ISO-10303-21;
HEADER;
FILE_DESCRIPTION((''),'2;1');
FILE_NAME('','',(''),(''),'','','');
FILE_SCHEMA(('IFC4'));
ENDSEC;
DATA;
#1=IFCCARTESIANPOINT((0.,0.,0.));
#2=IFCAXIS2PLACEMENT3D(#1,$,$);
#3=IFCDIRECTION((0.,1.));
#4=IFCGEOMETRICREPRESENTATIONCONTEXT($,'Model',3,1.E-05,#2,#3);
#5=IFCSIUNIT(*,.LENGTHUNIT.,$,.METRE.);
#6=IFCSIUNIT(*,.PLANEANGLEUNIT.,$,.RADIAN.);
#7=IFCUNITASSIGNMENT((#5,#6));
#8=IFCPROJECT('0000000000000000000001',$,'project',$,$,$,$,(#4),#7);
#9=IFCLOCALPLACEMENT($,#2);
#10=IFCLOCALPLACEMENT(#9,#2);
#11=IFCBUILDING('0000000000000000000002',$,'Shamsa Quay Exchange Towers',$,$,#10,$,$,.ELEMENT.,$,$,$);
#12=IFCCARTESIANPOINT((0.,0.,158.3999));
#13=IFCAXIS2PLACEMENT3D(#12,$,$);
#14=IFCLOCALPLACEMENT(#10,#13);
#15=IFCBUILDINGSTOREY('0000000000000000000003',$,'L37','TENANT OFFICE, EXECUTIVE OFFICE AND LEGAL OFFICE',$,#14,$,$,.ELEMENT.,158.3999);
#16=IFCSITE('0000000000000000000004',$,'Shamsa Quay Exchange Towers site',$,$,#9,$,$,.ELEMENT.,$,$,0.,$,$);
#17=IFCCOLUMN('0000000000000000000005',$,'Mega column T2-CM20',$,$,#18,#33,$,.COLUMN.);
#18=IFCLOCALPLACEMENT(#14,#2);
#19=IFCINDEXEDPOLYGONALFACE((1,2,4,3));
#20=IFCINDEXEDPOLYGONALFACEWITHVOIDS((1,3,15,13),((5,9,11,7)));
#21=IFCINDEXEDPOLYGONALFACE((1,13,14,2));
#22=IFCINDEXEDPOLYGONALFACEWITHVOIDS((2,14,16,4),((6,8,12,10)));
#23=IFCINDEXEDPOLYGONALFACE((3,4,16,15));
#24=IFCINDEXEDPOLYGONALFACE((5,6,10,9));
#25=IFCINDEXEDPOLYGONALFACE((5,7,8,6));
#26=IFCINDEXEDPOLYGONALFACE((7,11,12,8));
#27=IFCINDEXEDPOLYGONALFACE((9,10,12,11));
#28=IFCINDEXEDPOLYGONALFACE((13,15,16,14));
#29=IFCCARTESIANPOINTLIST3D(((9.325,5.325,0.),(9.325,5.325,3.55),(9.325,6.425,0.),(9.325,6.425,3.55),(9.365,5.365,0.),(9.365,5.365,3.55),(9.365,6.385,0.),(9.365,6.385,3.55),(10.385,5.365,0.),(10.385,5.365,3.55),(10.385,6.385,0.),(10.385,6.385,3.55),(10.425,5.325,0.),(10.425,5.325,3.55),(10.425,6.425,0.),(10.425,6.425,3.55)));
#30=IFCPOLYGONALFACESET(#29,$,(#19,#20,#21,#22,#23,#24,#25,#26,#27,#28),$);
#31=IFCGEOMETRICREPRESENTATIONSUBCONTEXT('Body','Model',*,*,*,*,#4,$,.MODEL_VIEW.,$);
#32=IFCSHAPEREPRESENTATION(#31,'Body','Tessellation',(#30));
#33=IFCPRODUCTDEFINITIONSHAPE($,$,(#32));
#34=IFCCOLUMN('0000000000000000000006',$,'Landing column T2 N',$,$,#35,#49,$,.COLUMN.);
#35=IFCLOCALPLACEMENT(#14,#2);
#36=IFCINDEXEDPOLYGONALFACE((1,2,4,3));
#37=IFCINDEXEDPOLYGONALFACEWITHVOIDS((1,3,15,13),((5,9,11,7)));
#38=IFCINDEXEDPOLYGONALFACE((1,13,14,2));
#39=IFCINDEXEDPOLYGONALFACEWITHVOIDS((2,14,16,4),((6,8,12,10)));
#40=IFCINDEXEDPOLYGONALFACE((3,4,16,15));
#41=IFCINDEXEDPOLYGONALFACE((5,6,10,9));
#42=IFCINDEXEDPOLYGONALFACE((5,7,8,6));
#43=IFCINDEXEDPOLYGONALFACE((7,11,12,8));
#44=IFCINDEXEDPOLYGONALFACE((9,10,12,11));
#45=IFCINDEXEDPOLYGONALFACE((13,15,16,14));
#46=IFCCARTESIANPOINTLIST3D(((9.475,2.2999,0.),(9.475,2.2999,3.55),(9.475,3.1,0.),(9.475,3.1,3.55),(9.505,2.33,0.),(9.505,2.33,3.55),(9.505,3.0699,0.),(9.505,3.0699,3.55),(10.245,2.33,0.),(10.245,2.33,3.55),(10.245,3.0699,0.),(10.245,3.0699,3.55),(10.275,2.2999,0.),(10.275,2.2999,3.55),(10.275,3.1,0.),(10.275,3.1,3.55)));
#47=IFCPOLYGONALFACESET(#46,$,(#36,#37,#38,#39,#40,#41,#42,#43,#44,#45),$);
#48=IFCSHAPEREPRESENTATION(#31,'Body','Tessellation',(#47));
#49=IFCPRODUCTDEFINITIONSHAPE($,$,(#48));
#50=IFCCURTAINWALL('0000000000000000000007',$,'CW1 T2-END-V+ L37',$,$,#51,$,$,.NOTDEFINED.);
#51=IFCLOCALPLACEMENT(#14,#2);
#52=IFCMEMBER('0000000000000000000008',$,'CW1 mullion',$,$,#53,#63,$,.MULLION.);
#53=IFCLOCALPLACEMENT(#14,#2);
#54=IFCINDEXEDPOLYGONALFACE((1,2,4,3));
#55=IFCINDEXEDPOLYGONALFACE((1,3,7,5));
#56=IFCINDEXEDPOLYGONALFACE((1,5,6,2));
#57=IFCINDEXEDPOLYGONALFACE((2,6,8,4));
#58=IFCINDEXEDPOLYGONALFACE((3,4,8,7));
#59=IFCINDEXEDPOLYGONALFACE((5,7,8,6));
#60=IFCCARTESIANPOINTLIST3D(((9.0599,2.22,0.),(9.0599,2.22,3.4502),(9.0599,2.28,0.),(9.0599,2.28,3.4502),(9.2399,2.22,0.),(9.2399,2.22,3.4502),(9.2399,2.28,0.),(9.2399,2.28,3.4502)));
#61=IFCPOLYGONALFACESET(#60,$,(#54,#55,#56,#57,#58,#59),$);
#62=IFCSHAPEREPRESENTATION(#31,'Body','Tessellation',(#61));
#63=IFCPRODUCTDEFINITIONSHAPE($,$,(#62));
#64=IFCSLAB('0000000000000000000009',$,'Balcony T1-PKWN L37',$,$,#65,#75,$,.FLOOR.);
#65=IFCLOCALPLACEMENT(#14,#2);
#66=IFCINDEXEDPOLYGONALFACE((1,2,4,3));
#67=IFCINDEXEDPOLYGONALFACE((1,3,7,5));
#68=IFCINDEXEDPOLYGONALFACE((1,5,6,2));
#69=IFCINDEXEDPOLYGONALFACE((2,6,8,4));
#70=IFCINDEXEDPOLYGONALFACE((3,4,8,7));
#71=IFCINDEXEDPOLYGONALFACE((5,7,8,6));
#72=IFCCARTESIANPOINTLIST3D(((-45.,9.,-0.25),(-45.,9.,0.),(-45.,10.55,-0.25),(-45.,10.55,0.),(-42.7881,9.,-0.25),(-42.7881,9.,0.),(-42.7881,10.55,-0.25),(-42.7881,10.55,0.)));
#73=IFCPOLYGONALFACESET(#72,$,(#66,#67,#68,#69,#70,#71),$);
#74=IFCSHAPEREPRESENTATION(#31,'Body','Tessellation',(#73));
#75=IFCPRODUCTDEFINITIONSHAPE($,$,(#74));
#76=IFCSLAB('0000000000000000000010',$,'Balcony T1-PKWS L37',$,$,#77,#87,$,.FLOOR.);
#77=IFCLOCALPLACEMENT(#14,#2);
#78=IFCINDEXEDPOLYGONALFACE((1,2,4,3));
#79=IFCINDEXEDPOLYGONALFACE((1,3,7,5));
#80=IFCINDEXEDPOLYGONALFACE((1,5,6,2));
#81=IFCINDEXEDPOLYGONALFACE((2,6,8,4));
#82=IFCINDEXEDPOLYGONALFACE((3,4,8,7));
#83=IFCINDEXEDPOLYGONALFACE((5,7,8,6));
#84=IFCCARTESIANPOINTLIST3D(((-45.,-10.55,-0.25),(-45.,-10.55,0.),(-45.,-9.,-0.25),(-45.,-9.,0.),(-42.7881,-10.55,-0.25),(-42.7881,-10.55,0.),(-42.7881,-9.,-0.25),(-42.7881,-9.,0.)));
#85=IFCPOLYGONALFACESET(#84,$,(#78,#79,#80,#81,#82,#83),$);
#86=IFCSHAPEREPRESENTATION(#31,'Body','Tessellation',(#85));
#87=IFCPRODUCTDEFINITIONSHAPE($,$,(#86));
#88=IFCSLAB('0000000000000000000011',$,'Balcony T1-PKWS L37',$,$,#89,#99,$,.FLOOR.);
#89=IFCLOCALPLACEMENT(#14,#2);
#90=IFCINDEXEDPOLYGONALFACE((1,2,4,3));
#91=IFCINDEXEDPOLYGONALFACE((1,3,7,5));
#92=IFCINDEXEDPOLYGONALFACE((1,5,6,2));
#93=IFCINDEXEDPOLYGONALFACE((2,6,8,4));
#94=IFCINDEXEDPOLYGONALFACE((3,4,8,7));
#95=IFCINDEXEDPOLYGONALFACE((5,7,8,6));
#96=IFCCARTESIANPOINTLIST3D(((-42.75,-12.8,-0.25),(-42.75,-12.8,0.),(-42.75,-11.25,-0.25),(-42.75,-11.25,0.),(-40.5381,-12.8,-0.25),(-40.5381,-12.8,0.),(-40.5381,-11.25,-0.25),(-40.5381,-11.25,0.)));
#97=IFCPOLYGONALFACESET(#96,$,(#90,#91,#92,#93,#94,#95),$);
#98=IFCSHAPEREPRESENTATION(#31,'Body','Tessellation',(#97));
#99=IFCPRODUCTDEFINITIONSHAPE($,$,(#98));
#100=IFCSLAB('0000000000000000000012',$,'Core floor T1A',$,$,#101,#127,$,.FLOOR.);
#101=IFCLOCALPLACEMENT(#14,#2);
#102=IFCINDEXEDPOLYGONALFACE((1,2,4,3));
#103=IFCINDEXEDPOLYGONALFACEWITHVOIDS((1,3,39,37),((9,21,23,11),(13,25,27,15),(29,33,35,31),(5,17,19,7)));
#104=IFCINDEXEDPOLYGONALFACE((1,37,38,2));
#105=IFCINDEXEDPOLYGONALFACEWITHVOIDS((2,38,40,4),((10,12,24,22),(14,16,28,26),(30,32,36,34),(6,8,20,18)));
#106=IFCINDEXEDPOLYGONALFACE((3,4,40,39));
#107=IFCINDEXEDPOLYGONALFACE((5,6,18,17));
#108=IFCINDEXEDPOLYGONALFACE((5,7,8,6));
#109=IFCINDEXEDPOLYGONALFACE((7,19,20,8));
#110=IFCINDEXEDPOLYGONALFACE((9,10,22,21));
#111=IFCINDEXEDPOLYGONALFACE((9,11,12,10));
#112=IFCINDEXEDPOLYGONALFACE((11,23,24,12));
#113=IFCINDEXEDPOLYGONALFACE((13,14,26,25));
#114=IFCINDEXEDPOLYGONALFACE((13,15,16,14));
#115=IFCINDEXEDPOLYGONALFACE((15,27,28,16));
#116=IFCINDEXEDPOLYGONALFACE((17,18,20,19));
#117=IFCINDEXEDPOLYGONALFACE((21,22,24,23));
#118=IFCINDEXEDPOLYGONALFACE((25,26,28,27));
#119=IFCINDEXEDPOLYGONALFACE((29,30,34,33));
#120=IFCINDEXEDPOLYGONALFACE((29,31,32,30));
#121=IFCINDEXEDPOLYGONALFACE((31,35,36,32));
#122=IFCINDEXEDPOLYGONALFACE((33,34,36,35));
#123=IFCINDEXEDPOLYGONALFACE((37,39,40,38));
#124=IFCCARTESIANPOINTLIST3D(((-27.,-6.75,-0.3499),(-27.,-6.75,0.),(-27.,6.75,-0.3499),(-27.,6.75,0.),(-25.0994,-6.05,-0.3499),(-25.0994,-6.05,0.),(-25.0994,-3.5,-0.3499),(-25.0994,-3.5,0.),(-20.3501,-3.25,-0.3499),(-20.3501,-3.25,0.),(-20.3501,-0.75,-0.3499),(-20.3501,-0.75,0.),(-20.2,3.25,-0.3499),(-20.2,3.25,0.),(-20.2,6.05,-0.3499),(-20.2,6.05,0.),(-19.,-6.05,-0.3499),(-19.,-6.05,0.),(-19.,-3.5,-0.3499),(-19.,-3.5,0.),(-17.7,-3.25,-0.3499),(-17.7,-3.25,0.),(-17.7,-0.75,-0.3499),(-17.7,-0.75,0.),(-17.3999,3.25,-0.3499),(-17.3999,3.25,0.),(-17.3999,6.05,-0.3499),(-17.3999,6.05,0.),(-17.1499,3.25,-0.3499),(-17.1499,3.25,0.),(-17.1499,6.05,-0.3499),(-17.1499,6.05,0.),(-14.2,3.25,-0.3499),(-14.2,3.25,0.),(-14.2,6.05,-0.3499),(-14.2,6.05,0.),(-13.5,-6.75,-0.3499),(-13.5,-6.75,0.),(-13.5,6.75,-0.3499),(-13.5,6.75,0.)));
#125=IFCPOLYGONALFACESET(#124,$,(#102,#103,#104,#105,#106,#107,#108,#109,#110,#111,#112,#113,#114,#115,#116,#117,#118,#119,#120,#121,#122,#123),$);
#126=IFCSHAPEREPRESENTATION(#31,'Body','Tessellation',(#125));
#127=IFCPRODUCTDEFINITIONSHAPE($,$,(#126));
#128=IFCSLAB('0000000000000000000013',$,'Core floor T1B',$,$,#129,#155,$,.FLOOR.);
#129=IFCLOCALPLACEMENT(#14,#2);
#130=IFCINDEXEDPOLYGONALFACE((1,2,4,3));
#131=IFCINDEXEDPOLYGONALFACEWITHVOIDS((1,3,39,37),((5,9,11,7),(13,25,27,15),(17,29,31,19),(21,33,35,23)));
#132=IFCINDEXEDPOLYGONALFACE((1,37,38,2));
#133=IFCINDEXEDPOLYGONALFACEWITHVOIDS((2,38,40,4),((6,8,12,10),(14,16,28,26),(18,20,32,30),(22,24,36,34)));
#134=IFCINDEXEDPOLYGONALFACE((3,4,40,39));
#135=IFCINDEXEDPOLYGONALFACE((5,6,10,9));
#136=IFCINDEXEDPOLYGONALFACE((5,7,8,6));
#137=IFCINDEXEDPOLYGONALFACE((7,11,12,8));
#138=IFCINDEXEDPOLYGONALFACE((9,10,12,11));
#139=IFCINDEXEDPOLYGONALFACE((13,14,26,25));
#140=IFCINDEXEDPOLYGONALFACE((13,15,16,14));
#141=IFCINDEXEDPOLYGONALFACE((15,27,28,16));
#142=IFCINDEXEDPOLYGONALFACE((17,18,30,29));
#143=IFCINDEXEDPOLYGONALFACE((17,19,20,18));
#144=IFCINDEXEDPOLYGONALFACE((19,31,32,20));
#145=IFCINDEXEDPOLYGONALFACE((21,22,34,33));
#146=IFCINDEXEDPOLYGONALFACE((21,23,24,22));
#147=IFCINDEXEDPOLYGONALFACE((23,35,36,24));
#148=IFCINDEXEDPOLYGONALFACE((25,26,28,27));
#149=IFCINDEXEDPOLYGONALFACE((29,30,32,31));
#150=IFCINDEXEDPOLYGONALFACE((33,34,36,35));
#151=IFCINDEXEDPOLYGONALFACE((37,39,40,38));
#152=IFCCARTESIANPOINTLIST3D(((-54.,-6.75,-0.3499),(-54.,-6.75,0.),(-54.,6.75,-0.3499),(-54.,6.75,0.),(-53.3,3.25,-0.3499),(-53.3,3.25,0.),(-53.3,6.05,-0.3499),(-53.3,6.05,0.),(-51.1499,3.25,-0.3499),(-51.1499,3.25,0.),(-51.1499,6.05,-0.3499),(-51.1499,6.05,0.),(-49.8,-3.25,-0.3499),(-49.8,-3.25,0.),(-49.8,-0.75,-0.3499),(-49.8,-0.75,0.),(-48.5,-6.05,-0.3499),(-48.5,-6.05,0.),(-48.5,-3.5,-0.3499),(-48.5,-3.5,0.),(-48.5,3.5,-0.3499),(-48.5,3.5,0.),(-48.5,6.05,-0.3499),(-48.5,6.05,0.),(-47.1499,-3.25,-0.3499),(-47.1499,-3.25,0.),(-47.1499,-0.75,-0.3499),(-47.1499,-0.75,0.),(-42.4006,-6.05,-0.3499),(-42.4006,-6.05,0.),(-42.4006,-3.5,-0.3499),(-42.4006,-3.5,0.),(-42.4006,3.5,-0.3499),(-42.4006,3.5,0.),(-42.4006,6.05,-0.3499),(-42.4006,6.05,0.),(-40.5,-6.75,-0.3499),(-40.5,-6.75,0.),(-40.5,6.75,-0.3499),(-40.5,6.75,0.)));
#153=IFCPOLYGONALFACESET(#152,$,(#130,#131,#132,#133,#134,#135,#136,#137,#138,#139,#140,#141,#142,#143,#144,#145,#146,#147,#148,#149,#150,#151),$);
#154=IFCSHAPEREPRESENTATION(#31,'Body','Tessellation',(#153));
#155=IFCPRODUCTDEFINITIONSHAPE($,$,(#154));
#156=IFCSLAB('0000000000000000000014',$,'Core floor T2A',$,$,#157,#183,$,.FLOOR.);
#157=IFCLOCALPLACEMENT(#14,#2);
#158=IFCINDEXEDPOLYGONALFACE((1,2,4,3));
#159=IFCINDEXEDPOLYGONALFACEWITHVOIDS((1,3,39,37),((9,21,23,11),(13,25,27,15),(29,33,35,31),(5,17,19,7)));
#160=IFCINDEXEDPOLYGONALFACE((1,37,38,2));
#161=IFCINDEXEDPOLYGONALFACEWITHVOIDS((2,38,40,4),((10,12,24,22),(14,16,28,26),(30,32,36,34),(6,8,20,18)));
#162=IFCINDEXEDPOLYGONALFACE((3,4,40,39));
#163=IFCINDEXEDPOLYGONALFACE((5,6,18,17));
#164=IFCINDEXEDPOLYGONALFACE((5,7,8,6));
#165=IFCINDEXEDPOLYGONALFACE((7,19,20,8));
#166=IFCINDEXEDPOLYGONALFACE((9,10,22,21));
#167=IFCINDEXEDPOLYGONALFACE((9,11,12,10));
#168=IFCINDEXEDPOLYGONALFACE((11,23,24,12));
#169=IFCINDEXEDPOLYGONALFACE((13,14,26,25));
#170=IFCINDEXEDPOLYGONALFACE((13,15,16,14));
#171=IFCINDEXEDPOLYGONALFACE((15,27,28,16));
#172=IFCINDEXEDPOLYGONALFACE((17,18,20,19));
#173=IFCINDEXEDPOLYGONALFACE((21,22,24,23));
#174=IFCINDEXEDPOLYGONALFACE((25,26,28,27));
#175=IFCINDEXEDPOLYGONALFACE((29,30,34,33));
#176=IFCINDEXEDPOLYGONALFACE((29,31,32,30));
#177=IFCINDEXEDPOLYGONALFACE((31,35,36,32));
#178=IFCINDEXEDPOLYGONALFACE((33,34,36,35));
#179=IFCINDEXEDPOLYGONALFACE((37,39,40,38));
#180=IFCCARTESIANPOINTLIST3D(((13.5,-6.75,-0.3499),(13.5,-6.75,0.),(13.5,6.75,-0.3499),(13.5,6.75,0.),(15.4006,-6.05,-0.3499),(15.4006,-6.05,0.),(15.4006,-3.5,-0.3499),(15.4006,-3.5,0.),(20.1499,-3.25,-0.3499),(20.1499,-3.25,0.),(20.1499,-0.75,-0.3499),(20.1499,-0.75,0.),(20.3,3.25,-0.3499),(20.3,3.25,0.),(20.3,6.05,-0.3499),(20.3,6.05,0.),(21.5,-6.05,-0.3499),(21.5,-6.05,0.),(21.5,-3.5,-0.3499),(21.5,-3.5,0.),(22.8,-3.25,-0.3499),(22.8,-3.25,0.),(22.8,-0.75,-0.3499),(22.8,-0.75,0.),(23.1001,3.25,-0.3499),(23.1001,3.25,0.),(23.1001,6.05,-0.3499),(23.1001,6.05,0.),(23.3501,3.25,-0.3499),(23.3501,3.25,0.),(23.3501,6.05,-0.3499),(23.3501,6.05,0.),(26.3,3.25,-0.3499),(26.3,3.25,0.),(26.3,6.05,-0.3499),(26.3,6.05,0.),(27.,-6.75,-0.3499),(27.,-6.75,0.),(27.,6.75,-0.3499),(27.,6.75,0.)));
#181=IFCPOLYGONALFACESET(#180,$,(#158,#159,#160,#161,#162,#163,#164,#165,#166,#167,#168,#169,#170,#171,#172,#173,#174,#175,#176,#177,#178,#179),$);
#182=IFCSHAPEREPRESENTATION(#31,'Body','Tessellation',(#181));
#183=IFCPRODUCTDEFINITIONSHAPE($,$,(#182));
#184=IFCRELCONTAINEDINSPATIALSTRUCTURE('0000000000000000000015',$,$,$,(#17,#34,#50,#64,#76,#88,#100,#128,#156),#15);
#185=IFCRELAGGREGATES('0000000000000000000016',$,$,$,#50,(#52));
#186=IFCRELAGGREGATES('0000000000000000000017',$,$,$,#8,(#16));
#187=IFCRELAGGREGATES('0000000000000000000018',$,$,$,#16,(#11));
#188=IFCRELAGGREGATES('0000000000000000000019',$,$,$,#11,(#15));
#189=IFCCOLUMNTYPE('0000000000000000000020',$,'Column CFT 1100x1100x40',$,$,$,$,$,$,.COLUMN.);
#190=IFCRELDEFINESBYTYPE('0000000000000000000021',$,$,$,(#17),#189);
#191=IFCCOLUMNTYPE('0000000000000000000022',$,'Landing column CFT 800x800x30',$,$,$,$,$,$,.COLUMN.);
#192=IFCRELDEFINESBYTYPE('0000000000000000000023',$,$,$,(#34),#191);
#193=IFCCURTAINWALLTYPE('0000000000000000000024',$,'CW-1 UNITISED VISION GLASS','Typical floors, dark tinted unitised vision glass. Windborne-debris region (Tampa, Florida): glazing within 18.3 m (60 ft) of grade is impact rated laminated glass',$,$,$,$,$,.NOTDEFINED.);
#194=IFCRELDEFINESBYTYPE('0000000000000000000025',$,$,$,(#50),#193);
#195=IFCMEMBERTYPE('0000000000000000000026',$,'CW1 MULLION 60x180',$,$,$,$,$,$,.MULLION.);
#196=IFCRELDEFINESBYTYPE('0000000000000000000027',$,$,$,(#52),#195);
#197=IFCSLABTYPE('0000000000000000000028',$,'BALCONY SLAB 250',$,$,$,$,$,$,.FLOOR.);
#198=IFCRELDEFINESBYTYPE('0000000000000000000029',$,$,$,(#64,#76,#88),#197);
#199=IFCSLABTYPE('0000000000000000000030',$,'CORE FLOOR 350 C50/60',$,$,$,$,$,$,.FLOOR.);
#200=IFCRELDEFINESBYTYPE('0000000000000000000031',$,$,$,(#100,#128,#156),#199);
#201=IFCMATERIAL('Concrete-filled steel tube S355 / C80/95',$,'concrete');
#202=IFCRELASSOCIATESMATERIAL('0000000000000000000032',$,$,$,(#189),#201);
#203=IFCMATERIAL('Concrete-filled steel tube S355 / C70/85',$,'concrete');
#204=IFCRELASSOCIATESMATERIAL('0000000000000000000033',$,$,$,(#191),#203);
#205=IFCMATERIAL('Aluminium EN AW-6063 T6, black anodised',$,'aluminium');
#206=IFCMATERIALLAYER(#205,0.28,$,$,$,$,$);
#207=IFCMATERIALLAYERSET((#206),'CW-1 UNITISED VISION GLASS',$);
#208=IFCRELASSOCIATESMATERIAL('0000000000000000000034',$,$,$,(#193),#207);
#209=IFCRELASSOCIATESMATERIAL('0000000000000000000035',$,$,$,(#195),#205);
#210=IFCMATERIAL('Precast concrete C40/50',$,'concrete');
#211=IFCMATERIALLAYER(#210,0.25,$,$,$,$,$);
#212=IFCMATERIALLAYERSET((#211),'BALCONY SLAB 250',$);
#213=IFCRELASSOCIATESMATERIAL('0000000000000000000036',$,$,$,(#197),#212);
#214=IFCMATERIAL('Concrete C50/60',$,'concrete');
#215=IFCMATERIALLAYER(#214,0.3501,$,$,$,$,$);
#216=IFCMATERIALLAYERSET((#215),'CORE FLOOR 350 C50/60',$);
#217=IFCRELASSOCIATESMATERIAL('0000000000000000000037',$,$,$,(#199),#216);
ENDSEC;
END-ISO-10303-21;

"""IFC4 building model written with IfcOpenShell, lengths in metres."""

from ifc_helpers import new_model, si_unit, direction, frame, origin, origin_2d, place, context, subcontext, project, spatial, polyline, rectangle, hollow_rectangle, outline, extrude, material, layer, layer_set, material_profile, profile_set, type_object, element, aggregate, save


model = new_model("IFC4")

# Units and contexts
model_context = context("Model", 3, precision=1e-05, world=origin(), true_north=direction((0.0, 1.0)))
body_context = subcontext(model_context, "Body", "Model", "MODEL_VIEW")
ifc_project = project(units=[si_unit("LENGTHUNIT", "METRE"), si_unit("PLANEANGLEUNIT", "RADIAN")], contexts=[model_context])

# Site, building, storey
site_placement = place(None, origin())
site = spatial("IfcSite", under=ifc_project, at=site_placement, Name="Shamsa Quay Exchange Towers site", CompositionType="ELEMENT", RefElevation=0.0)
building_placement = place(site_placement, origin())
building = spatial("IfcBuilding", under=site, at=building_placement, Name="Shamsa Quay Exchange Towers", CompositionType="ELEMENT")
storey_placement = place(building_placement, frame((0.0, 0.0, 158.3999)))
storey = spatial("IfcBuildingStorey", under=building, at=storey_placement, Name="L37", Description="TENANT OFFICE, EXECUTIVE OFFICE AND LEGAL OFFICE", CompositionType="ELEMENT", Elevation=158.3999)

# Columns
ifc_material_1 = material(Name="Concrete-filled steel tube S355 / C80/95", Category="concrete")
ifc_material_profile_1 = material_profile(ifc_material_1, hollow_rectangle(XDim=1.1001, YDim=1.1001, WallThickness=0.04, at=origin_2d()), Name="CFT 1100x1100x40")
ifc_profile_set_1 = profile_set([ifc_material_profile_1], Name="Concrete-filled steel tube S355 / C80/95")
column_type_1 = type_object("IfcColumnType", Name="Column CFT 1100x1100x40", PredefinedType="COLUMN", material=ifc_profile_set_1)
column_1_placement = place(storey_placement, frame((9.875, 5.875, 0.0)))
element("IfcColumn", 1, at=column_1_placement, inside=storey, type_object=column_type_1, Name="Mega column T2-CM20", PredefinedType="COLUMN", context=body_context, shape_type="SweptSolid", body=[
    extrude(hollow_rectangle(XDim=1.1001, YDim=1.1001, WallThickness=0.04, at=origin_2d()), origin(), (0.0, 0.0, 1.0), 3.55),
])
ifc_material_2 = material(Name="Concrete-filled steel tube S355 / C70/85", Category="concrete")
ifc_material_profile_2 = material_profile(ifc_material_2, hollow_rectangle(XDim=0.8, YDim=0.8, WallThickness=0.03, at=origin_2d()), Name="CFT 800x800x30")
ifc_profile_set_2 = profile_set([ifc_material_profile_2], Name="Concrete-filled steel tube S355 / C70/85")
column_type_2 = type_object("IfcColumnType", Name="Landing column CFT 800x800x30", PredefinedType="COLUMN", material=ifc_profile_set_2)
column_2_placement = place(storey_placement, frame((9.875, 2.7, 0.0)))
element("IfcColumn", 2, at=column_2_placement, inside=storey, type_object=column_type_2, Name="Landing column T2 N", PredefinedType="COLUMN", context=body_context, shape_type="SweptSolid", body=[
    extrude(hollow_rectangle(XDim=0.8, YDim=0.8, WallThickness=0.03, at=origin_2d()), origin(), (0.0, 0.0, 1.0), 3.55),
])

# Curtain wall, member
ifc_material_3 = material(Name="Aluminium EN AW-6063 T6, black anodised", Category="aluminium")
ifc_layer_1 = layer(ifc_material_3, 0.28)
ifc_layer_set_1 = layer_set([ifc_layer_1], Name="CW-1 UNITISED VISION GLASS")
curtain_wall_type = type_object("IfcCurtainWallType", Name="CW-1 UNITISED VISION GLASS", Description="Typical floors, dark tinted unitised vision glass. Windborne-debris region (Tampa, Florida): glazing within 18.3 m (60 ft) of grade is impact rated laminated glass", PredefinedType="NOTDEFINED", material=ifc_layer_set_1)
curtain_wall_1_placement = place(storey_placement, origin())
curtain_wall_1 = element("IfcCurtainWall", 3, at=curtain_wall_1_placement, inside=storey, type_object=curtain_wall_type, Name="CW1 T2-END-V+ L37", PredefinedType="NOTDEFINED")
ifc_material_profile_3 = material_profile(ifc_material_3, rectangle(XDim=0.1799, YDim=0.0601, at=origin_2d()), Name="MU60x180")
ifc_profile_set_3 = profile_set([ifc_material_profile_3], Name="Aluminium EN AW-6063 T6, black anodised")
member_type = type_object("IfcMemberType", Name="CW1 MULLION 60x180", PredefinedType="MULLION", material=ifc_profile_set_3)
member_placement = place(storey_placement, frame((9.1499, 2.25, 0.0)))
member = element("IfcMember", 4, at=member_placement, type_object=member_type, Name="CW1 mullion", PredefinedType="MULLION", context=body_context, shape_type="SweptSolid", body=[
    extrude(rectangle(XDim=0.1799, YDim=0.0601, at=origin_2d()), origin(), (0.0, 0.0, 1.0), 3.4502),
])

# Slabs
ifc_material_4 = material(Name="Precast concrete C40/50", Category="concrete")
ifc_layer_2 = layer(ifc_material_4, 0.25)
ifc_layer_set_2 = layer_set([ifc_layer_2], Name="BALCONY SLAB 250")
slab_type_1 = type_object("IfcSlabType", Name="BALCONY SLAB 250", PredefinedType="FLOOR", material=ifc_layer_set_2)
slab_1_placement = place(storey_placement, frame((0.0, 0.0, -0.25)))
element("IfcSlab", 5, at=slab_1_placement, inside=storey, type_object=slab_type_1, Name="Balcony T1-PKWN L37", PredefinedType="FLOOR", context=body_context, shape_type="SweptSolid", body=[
    extrude(outline(polyline([(-42.7881, 9.0), (-45.0, 9.0), (-45.0, 10.55), (-42.7881, 10.55), (-42.7881, 9.0)])), origin(), (0.0, 0.0, 1.0), 0.25),
])
slab_2_placement = place(storey_placement, frame((0.0, 0.0, -0.25)))
element("IfcSlab", 6, at=slab_2_placement, inside=storey, type_object=slab_type_1, Name="Balcony T1-PKWS L37", PredefinedType="FLOOR", context=body_context, shape_type="SweptSolid", body=[
    extrude(outline(polyline([(-45.0, -9.0), (-42.7881, -9.0), (-42.7881, -10.55), (-45.0, -10.55), (-45.0, -9.0)])), origin(), (0.0, 0.0, 1.0), 0.25),
])
slab_3_placement = place(storey_placement, frame((0.0, 0.0, -0.25)))
element("IfcSlab", 7, at=slab_3_placement, inside=storey, type_object=slab_type_1, Name="Balcony T1-PKWS L37", PredefinedType="FLOOR", context=body_context, shape_type="SweptSolid", body=[
    extrude(outline(polyline([(-42.75, -11.25), (-40.5381, -11.25), (-40.5381, -12.8), (-42.75, -12.8), (-42.75, -11.25)])), origin(), (0.0, 0.0, 1.0), 0.25),
])
ifc_material_5 = material(Name="Concrete C50/60", Category="concrete")
ifc_layer_3 = layer(ifc_material_5, 0.3501)
ifc_layer_set_3 = layer_set([ifc_layer_3], Name="CORE FLOOR 350 C50/60")
slab_type_2 = type_object("IfcSlabType", Name="CORE FLOOR 350 C50/60", PredefinedType="FLOOR", material=ifc_layer_set_3)
slab_4_placement = place(storey_placement, frame((0.0, 0.0, -0.3499)))
element("IfcSlab", 8, at=slab_4_placement, inside=storey, type_object=slab_type_2, Name="Core floor T1A", PredefinedType="FLOOR", context=body_context, shape_type="SweptSolid", body=[
    extrude(outline(polyline([(-27.0, -6.75), (-13.5, -6.75), (-13.5, 6.75), (-27.0, 6.75), (-27.0, -6.75)]), holes=[polyline([(-25.0994, -6.05), (-25.0994, -3.5), (-19.0, -3.5), (-19.0, -6.05), (-25.0994, -6.05)]), polyline([(-20.2, 3.25), (-20.2, 6.05), (-17.3999, 6.05), (-17.3999, 3.25), (-20.2, 3.25)]), polyline([(-17.1499, 3.25), (-17.1499, 6.05), (-14.2, 6.05), (-14.2, 3.25), (-17.1499, 3.25)]), polyline([(-20.3501, -3.25), (-20.3501, -0.75), (-17.7, -0.75), (-17.7, -3.25), (-20.3501, -3.25)])]), origin(), (0.0, 0.0, 1.0), 0.3499),
])
slab_5_placement = place(storey_placement, frame((0.0, 0.0, -0.3499)))
element("IfcSlab", 9, at=slab_5_placement, inside=storey, type_object=slab_type_2, Name="Core floor T1B", PredefinedType="FLOOR", context=body_context, shape_type="SweptSolid", body=[
    extrude(outline(polyline([(-40.5, -6.75), (-40.5, 6.75), (-54.0, 6.75), (-54.0, -6.75), (-40.5, -6.75)]), holes=[polyline([(-42.4006, -3.5), (-42.4006, -6.05), (-48.5, -6.05), (-48.5, -3.5), (-42.4006, -3.5)]), polyline([(-42.4006, 6.05), (-42.4006, 3.5), (-48.5, 3.5), (-48.5, 6.05), (-42.4006, 6.05)]), polyline([(-51.1499, 3.25), (-53.3, 3.25), (-53.3, 6.05), (-51.1499, 6.05), (-51.1499, 3.25)]), polyline([(-47.1499, -3.25), (-49.8, -3.25), (-49.8, -0.75), (-47.1499, -0.75), (-47.1499, -3.25)])]), origin(), (0.0, 0.0, 1.0), 0.3499),
])
slab_6_placement = place(storey_placement, frame((0.0, 0.0, -0.3499)))
element("IfcSlab", 10, at=slab_6_placement, inside=storey, type_object=slab_type_2, Name="Core floor T2A", PredefinedType="FLOOR", context=body_context, shape_type="SweptSolid", body=[
    extrude(outline(polyline([(13.5, -6.75), (27.0, -6.75), (27.0, 6.75), (13.5, 6.75), (13.5, -6.75)]), holes=[polyline([(15.4006, -6.05), (15.4006, -3.5), (21.5, -3.5), (21.5, -6.05), (15.4006, -6.05)]), polyline([(20.3, 3.25), (20.3, 6.05), (23.1001, 6.05), (23.1001, 3.25), (20.3, 3.25)]), polyline([(23.3501, 3.25), (23.3501, 6.05), (26.3, 6.05), (26.3, 3.25), (23.3501, 3.25)]), polyline([(20.1499, -3.25), (20.1499, -0.75), (22.8, -0.75), (22.8, -3.25), (20.1499, -3.25)])]), origin(), (0.0, 0.0, 1.0), 0.3499),
])

aggregate(curtain_wall_1, [member])

save(model, "model.ifc")
